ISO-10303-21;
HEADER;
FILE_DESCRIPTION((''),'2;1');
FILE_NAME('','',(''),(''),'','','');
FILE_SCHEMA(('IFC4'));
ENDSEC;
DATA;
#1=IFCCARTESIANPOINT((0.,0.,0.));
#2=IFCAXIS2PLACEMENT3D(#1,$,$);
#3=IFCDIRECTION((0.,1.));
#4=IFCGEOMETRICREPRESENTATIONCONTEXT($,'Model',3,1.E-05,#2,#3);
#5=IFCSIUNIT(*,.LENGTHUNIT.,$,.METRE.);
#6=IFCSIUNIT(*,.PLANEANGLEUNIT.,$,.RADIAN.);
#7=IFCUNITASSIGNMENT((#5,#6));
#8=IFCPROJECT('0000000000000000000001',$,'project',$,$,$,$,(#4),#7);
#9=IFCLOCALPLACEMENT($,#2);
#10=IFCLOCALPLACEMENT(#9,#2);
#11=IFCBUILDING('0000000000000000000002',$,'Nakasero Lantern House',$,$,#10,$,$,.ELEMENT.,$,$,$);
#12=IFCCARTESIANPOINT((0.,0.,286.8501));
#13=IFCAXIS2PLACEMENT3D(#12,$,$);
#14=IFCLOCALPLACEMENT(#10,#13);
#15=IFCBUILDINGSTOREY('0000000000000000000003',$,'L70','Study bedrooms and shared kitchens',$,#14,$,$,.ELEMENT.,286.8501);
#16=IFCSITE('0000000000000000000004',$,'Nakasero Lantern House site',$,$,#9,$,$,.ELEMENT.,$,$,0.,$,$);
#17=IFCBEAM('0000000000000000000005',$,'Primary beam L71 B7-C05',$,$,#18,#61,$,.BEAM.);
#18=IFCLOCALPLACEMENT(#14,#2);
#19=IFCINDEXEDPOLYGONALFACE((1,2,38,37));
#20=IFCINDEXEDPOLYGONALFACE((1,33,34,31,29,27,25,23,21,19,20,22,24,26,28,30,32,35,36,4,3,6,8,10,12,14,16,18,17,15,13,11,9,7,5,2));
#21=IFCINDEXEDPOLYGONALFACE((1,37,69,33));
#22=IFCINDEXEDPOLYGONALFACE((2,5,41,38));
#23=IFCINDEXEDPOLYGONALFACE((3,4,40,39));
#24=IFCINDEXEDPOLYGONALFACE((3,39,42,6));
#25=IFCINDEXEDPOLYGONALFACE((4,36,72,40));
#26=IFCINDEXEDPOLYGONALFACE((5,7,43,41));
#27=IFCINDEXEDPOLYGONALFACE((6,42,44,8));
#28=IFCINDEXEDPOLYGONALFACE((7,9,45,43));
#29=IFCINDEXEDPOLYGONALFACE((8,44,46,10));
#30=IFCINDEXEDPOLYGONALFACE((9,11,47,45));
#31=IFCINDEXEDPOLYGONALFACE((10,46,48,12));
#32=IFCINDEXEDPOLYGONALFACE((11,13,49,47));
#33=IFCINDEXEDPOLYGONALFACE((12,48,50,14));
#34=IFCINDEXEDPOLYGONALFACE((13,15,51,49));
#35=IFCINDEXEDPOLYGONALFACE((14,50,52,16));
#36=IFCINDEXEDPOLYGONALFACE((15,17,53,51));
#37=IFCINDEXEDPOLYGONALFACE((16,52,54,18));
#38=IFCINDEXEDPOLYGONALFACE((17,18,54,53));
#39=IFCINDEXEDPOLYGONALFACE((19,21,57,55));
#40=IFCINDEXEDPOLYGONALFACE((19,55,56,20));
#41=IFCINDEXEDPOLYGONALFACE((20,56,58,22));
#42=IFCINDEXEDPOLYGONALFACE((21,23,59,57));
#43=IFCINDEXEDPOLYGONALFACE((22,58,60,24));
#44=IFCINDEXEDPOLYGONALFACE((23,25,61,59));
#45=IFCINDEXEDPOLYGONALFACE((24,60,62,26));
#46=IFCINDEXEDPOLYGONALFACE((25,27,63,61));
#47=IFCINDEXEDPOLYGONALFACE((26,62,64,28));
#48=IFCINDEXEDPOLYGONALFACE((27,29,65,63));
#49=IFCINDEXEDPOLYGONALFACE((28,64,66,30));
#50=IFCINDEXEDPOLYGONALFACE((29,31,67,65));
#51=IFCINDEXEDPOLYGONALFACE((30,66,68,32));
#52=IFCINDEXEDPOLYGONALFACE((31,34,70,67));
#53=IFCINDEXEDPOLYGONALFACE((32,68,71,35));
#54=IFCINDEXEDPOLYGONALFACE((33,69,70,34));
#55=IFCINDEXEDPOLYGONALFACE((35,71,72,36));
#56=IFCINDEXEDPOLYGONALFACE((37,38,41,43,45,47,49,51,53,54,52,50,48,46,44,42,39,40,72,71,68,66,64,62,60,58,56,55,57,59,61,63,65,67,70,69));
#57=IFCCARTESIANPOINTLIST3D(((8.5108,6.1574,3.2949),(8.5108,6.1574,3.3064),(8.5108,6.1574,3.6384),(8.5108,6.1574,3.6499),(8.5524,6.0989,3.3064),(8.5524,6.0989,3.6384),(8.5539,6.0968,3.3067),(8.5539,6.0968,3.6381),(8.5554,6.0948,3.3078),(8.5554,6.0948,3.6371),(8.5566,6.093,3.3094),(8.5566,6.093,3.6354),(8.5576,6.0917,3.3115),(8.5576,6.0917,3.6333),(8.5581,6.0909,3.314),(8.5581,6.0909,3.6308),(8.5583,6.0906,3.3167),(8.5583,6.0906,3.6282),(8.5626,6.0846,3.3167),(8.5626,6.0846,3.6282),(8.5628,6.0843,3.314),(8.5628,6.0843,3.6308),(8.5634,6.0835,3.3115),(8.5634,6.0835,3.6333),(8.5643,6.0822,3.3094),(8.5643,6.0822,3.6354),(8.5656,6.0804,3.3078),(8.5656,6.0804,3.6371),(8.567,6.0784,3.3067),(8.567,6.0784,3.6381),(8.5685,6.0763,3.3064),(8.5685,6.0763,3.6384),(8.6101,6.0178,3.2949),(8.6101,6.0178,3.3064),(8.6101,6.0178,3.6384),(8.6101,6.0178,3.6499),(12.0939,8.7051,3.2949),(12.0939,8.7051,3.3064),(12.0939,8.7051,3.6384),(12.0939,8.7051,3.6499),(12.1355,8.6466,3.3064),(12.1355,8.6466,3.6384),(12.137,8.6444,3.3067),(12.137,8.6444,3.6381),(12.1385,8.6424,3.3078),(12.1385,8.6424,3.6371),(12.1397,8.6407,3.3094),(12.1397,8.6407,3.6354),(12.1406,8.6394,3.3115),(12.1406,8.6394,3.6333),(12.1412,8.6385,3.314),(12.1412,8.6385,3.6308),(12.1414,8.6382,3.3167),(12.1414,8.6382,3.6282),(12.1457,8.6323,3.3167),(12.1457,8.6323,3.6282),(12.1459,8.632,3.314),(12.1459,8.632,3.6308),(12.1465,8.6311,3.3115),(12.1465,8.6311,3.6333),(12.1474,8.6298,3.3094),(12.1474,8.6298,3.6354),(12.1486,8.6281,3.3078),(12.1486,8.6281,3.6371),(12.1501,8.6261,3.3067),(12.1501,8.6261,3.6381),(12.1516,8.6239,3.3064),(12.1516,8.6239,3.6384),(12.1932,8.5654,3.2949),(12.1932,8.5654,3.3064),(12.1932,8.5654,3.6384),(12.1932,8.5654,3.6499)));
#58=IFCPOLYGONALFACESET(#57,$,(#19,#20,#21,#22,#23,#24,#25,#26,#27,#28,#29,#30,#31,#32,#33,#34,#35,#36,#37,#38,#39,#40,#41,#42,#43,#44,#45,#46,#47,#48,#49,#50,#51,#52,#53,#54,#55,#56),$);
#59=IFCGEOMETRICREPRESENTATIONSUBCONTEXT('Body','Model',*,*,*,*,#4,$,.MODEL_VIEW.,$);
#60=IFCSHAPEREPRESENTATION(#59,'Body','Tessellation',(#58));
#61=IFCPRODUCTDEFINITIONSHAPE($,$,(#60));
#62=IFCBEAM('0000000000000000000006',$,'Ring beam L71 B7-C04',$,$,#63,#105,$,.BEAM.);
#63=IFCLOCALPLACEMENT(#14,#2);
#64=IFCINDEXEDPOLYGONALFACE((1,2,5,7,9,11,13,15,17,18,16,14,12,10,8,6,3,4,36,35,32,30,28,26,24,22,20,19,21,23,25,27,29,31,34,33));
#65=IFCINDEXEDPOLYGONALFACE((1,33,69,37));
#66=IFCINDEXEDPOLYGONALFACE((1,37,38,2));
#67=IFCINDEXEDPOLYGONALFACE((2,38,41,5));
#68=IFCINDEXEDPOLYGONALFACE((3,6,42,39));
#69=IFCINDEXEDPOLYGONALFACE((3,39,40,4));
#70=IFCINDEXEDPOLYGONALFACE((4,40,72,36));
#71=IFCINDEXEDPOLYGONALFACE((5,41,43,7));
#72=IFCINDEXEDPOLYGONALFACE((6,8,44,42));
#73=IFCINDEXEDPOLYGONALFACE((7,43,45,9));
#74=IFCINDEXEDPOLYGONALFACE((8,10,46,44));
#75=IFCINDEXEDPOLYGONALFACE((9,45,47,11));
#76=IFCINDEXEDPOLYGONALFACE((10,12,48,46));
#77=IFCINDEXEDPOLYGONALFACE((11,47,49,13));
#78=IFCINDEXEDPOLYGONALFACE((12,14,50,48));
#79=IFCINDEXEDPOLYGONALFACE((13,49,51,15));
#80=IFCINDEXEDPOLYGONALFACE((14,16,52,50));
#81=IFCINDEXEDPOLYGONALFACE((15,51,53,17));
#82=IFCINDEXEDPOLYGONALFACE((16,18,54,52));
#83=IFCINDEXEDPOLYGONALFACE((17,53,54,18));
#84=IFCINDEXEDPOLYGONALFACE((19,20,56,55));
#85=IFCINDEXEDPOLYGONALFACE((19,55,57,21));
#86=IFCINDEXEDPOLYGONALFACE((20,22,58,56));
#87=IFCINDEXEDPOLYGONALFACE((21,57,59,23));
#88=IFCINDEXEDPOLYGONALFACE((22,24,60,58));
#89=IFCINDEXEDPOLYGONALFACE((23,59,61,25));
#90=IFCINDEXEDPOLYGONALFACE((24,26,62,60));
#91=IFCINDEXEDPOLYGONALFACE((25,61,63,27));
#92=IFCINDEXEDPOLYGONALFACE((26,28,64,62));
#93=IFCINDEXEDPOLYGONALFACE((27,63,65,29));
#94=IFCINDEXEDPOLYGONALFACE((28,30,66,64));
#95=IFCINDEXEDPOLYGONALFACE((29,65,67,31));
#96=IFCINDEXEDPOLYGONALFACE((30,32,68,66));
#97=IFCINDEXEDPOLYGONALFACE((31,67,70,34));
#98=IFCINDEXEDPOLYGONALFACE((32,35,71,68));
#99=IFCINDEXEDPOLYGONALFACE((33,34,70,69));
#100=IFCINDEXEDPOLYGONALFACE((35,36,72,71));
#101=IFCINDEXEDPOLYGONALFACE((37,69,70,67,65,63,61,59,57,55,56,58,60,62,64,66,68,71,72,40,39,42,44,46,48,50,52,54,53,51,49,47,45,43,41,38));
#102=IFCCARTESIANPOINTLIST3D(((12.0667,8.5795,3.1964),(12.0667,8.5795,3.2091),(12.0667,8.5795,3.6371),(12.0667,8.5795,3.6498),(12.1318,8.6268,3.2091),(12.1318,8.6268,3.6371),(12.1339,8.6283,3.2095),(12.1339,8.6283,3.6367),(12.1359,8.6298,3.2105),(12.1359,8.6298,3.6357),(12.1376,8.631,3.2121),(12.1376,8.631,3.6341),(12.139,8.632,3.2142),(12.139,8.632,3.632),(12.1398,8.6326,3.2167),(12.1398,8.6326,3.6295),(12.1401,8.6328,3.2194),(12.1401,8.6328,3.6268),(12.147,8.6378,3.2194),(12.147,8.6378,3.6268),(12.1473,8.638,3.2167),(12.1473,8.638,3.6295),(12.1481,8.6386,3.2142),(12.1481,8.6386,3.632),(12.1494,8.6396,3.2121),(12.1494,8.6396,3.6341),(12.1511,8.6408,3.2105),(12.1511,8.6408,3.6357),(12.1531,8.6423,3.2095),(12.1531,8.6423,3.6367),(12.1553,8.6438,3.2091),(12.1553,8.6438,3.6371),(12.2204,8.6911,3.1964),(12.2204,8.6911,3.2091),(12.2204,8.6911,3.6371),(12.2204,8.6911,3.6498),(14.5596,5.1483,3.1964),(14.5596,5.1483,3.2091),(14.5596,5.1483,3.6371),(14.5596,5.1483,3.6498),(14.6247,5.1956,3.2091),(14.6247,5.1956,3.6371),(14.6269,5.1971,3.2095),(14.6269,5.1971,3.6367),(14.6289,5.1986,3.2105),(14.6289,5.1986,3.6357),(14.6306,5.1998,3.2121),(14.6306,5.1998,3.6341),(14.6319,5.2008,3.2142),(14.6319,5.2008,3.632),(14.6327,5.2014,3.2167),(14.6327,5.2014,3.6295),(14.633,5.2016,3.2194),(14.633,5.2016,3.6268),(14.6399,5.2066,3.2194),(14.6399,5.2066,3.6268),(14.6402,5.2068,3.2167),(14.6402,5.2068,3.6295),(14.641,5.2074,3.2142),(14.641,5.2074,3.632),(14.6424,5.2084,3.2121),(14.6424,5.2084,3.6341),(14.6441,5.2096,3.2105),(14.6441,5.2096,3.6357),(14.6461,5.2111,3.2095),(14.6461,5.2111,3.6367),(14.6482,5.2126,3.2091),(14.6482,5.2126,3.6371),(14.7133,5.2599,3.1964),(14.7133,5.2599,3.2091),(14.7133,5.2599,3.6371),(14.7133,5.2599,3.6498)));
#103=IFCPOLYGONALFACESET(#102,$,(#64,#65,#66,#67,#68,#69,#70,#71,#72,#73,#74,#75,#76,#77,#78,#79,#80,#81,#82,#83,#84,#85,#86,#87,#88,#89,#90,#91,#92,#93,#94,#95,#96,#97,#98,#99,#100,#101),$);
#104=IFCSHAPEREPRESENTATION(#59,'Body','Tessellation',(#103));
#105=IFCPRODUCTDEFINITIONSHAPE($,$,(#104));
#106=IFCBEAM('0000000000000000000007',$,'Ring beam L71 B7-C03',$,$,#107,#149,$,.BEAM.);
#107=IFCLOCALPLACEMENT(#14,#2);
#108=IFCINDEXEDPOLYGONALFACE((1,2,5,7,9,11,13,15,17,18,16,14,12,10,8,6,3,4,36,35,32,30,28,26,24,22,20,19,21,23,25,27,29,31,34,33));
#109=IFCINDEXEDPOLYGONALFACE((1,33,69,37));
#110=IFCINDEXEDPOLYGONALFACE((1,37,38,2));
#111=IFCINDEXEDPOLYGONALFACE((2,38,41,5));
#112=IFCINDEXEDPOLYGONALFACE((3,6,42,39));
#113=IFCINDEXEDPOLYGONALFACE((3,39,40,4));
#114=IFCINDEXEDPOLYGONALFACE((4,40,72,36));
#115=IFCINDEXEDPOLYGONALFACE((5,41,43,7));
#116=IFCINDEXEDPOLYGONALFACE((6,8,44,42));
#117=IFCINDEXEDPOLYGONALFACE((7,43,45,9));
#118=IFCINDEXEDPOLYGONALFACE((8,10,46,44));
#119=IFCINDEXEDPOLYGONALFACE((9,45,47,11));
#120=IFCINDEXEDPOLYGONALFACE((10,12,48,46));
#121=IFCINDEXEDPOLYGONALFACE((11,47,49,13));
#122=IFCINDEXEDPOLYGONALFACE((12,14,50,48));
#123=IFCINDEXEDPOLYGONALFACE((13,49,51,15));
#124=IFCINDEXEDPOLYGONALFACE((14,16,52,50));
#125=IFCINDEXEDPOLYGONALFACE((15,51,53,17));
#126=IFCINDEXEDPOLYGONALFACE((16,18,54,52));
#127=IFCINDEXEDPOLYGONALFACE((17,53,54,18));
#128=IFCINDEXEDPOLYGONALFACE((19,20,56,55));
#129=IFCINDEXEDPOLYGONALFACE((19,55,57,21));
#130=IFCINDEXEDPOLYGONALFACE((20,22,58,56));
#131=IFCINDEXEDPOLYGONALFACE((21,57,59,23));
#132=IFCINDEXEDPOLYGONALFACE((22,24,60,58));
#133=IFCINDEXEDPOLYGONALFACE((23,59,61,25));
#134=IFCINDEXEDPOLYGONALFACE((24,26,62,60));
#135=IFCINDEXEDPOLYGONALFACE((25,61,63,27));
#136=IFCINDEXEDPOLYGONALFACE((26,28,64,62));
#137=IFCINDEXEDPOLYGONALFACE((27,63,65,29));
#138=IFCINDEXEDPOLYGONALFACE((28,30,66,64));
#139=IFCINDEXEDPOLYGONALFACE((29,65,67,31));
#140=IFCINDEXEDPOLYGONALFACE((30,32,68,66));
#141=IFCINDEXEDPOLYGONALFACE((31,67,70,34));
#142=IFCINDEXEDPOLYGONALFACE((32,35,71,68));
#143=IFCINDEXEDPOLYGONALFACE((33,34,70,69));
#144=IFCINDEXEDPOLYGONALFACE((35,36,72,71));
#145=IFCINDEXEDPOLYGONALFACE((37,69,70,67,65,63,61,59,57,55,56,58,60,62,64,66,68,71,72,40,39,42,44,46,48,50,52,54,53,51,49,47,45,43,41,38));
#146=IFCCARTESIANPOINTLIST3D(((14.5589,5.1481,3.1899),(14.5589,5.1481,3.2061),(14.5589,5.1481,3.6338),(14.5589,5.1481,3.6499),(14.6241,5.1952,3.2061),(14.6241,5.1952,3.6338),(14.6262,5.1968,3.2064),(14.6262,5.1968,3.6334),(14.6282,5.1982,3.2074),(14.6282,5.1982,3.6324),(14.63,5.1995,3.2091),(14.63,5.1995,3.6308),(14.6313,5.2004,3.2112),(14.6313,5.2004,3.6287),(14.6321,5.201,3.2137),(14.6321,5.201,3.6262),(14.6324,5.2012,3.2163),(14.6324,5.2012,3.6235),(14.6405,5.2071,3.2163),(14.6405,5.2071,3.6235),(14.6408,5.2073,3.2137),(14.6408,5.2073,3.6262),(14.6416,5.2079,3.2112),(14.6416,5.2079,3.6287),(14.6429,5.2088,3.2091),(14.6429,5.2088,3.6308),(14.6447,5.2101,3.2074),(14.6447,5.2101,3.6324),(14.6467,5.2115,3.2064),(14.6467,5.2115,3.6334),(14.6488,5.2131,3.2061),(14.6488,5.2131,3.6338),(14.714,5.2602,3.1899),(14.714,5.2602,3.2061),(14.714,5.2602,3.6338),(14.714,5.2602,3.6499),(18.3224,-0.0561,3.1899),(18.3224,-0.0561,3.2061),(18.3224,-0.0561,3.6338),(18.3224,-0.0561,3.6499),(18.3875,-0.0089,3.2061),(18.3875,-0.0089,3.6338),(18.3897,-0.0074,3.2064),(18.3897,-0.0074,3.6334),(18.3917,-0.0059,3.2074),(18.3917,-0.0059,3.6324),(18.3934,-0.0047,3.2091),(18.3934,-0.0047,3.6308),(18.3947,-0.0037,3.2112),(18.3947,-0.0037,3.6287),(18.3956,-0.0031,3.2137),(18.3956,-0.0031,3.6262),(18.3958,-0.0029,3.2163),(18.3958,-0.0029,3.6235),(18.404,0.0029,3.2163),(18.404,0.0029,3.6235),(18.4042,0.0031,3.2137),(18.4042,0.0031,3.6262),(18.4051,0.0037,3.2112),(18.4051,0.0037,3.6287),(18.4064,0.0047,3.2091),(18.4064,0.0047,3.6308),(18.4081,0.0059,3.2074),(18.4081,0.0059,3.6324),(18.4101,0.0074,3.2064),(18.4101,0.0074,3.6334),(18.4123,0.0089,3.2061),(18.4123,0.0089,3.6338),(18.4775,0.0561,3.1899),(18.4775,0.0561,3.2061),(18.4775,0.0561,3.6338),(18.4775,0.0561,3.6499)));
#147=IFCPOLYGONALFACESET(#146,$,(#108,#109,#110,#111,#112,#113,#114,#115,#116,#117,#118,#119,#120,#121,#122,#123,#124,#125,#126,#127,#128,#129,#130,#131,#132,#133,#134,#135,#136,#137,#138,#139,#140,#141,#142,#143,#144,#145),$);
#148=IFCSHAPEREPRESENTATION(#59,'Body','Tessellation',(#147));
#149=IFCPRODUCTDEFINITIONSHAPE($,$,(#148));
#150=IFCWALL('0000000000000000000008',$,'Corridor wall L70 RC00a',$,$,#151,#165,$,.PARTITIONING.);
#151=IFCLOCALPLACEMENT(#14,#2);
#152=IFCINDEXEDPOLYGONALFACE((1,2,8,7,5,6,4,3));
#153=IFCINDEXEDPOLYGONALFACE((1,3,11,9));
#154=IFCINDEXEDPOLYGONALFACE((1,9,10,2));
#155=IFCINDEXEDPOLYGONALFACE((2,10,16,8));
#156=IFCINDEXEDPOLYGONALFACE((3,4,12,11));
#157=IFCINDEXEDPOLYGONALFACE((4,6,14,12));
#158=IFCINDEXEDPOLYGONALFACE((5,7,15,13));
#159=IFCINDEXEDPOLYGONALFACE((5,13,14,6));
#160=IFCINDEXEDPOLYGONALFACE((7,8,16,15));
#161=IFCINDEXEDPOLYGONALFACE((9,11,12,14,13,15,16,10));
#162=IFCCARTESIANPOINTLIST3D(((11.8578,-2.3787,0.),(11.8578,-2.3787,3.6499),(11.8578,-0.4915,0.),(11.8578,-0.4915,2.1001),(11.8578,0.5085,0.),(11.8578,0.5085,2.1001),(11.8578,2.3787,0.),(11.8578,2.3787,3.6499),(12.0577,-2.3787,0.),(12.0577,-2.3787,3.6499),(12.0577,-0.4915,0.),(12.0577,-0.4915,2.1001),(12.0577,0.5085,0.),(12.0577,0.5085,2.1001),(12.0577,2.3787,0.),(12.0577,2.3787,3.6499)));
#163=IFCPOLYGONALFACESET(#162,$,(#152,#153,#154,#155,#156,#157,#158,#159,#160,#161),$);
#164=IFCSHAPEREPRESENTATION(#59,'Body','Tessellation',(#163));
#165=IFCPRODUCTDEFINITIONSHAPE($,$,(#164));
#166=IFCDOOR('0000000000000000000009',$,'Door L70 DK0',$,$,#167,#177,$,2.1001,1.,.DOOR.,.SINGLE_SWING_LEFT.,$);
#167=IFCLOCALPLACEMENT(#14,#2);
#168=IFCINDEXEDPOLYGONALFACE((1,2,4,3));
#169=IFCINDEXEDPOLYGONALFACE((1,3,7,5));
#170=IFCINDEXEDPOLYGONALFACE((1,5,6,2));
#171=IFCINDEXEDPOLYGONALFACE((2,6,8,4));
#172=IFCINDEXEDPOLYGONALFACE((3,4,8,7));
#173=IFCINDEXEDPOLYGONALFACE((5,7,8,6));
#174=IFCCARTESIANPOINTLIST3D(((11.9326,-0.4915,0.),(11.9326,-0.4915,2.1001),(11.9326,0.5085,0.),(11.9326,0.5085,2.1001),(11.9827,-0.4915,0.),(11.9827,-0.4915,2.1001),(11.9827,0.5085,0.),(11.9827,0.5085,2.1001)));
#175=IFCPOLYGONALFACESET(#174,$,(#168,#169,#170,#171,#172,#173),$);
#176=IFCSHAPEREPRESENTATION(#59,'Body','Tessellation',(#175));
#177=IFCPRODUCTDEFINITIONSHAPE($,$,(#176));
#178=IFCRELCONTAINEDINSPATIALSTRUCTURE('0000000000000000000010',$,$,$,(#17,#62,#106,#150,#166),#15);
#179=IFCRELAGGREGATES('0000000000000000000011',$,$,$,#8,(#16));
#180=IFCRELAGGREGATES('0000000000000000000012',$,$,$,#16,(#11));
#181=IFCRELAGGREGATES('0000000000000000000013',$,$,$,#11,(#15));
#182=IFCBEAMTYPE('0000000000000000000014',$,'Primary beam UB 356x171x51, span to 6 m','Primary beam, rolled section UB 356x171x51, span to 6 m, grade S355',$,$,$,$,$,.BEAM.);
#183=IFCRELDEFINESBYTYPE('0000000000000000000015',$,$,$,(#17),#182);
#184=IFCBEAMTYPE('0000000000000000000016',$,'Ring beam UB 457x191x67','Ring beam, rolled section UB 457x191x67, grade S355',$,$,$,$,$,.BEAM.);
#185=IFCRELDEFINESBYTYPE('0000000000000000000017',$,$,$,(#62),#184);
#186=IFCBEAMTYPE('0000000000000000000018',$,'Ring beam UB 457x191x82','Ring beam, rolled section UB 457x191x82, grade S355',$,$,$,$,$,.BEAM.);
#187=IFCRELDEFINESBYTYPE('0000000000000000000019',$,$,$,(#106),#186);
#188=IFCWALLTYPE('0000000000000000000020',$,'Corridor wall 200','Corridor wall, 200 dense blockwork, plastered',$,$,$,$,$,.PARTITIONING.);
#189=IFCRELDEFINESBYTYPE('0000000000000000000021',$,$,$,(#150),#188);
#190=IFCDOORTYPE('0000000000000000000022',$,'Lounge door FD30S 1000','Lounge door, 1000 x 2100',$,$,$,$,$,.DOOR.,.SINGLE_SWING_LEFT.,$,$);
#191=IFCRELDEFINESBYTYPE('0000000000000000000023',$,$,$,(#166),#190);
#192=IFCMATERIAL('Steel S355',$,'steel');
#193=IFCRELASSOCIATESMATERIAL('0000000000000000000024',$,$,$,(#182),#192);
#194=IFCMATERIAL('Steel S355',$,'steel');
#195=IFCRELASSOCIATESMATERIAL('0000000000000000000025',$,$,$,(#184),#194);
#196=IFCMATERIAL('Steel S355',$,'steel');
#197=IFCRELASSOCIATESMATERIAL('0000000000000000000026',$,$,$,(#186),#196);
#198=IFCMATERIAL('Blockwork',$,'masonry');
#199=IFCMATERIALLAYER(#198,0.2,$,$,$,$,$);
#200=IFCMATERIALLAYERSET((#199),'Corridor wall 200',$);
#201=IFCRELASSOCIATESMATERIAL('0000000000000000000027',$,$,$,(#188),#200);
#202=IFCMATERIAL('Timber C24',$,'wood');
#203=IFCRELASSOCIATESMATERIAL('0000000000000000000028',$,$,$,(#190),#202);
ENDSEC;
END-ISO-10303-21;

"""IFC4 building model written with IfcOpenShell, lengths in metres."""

from ifc_helpers import new_model, si_unit, direction, frame, frame_2d, origin, origin_2d, place, context, subcontext, project, spatial, rectangle, i_section, extrude, material, layer, layer_set, material_profile, profile_set, type_object, element, fill, save


model = new_model("IFC4")

# Units and contexts
model_context = context("Model", 3, precision=1e-05, world=origin(), true_north=direction((0.0, 1.0)))
body_context = subcontext(model_context, "Body", "Model", "MODEL_VIEW")
ifc_project = project(units=[si_unit("LENGTHUNIT", "METRE"), si_unit("PLANEANGLEUNIT", "RADIAN")], contexts=[model_context])

# Site, building, storey
site_placement = place(None, origin())
site = spatial("IfcSite", under=ifc_project, at=site_placement, Name="Nakasero Lantern House site", CompositionType="ELEMENT", RefElevation=0.0)
building_placement = place(site_placement, origin())
building = spatial("IfcBuilding", under=site, at=building_placement, Name="Nakasero Lantern House", CompositionType="ELEMENT")
storey_placement = place(building_placement, frame((0.0, 0.0, 286.8501)))
storey = spatial("IfcBuildingStorey", under=building, at=storey_placement, Name="L70", Description="Study bedrooms and shared kitchens", CompositionType="ELEMENT", Elevation=286.8501)

# Beams
ifc_material_1 = material(Name="Steel S355", Category="steel")
ifc_material_profile_1 = material_profile(ifc_material_1, i_section(OverallWidth=0.1714, OverallDepth=0.355, WebThickness=0.0073, FlangeThickness=0.0115, FilletRadius=0.0103, at=origin_2d()), Name="UB 356x171x51")
ifc_profile_set_1 = profile_set([ifc_material_profile_1], Name="Steel S355")
beam_type_1 = type_object("IfcBeamType", Name="Primary beam UB 356x171x51, span to 6 m", Description="Primary beam, rolled section UB 356x171x51, span to 6 m, grade S355", PredefinedType="BEAM", material=ifc_profile_set_1)
beam_1_placement = place(storey_placement, frame((12.1436, 8.6353, 3.4724), z_axis=(-0.814989, -0.579477, 0.0), x_axis=(0.579477, -0.814989, 0.0)))
element("IfcBeam", 1, at=beam_1_placement, inside=storey, type_object=beam_type_1, Name="Primary beam L71 B7-C05", PredefinedType="BEAM", context=body_context, shape_type="SweptSolid", body=[
    extrude(i_section(OverallWidth=0.1714, OverallDepth=0.355, WebThickness=0.0073, FlangeThickness=0.0115, FilletRadius=0.0103, at=origin_2d()), origin(), (0.0, 0.0, 1.0), 4.3965),
])
ifc_material_2 = material(Name="Steel S355", Category="steel")
ifc_material_profile_2 = material_profile(ifc_material_2, i_section(OverallWidth=0.1899, OverallDepth=0.4534, WebThickness=0.0085, FlangeThickness=0.0127, FilletRadius=0.0103, at=origin_2d()), Name="UB 457x191x67")
ifc_profile_set_2 = profile_set([ifc_material_profile_2], Name="Steel S355")
beam_type_2 = type_object("IfcBeamType", Name="Ring beam UB 457x191x67", Description="Ring beam, rolled section UB 457x191x67, grade S355", PredefinedType="BEAM", material=ifc_profile_set_2)
beam_2_placement = place(storey_placement, frame((14.6365, 5.2041, 3.4231), z_axis=(-0.587792, 0.809012, 0.0), x_axis=(-0.809012, -0.587792, 0.0)))
element("IfcBeam", 2, at=beam_2_placement, inside=storey, type_object=beam_type_2, Name="Ring beam L71 B7-C04", PredefinedType="BEAM", context=body_context, shape_type="SweptSolid", body=[
    extrude(i_section(OverallWidth=0.1899, OverallDepth=0.4534, WebThickness=0.0085, FlangeThickness=0.0127, FilletRadius=0.0103, at=origin_2d()), origin(), (0.0, 0.0, 1.0), 4.2412),
])
ifc_material_3 = material(Name="Steel S355", Category="steel")
ifc_material_profile_3 = material_profile(ifc_material_3, i_section(OverallWidth=0.1914, OverallDepth=0.46, WebThickness=0.01, FlangeThickness=0.0161, FilletRadius=0.0103, at=origin_2d()), Name="UB 457x191x82")
ifc_profile_set_3 = profile_set([ifc_material_profile_3], Name="Steel S355")
beam_type_3 = type_object("IfcBeamType", Name="Ring beam UB 457x191x82", Description="Ring beam, rolled section UB 457x191x82, grade S355", PredefinedType="BEAM", material=ifc_profile_set_3)
beam_3_placement = place(storey_placement, frame((18.3999, 0.0, 3.4199), z_axis=(-0.585993, 0.810316, 0.0), x_axis=(-0.810316, -0.585993, 0.0)))
element("IfcBeam", 3, at=beam_3_placement, inside=storey, type_object=beam_type_3, Name="Ring beam L71 B7-C03", PredefinedType="BEAM", context=body_context, shape_type="SweptSolid", body=[
    extrude(i_section(OverallWidth=0.1914, OverallDepth=0.46, WebThickness=0.01, FlangeThickness=0.0161, FilletRadius=0.0103, at=origin_2d()), origin(), (0.0, 0.0, 1.0), 6.4224),
])

# Wall, opening, door
ifc_material_4 = material(Name="Blockwork", Category="masonry")
ifc_layer_1 = layer(ifc_material_4, 0.2)
ifc_layer_set_1 = layer_set([ifc_layer_1], Name="Corridor wall 200")
wall_type_1 = type_object("IfcWallType", Name="Corridor wall 200", Description="Corridor wall, 200 dense blockwork, plastered", PredefinedType="PARTITIONING", material=ifc_layer_set_1)
wall_1_placement = place(storey_placement, frame((11.9578, 2.3787, 0.0), z_axis=(0.0, 0.0, 1.0), x_axis=(0.0, -1.0, 0.0)))
wall_1 = element("IfcWall", 4, at=wall_1_placement, inside=storey, type_object=wall_type_1, Name="Corridor wall L70 RC00a", PredefinedType="PARTITIONING", context=body_context, shape_type="SweptSolid", body=[
    extrude(rectangle(XDim=4.7573, YDim=0.2, at=frame_2d((2.3787, 0.0))), origin(), (0.0, 0.0, 1.0), 3.6499),
])
opening_1_placement = place(wall_1_placement, frame((1.8701, 0.0, 0.0)))
opening_1 = element("IfcOpeningElement", 5, at=opening_1_placement, cuts=wall_1, PredefinedType="OPENING", context=body_context, shape_type="SweptSolid", body=[
    extrude(rectangle(XDim=1.0, YDim=2.1001, at=frame_2d((0.5, 1.05))), frame((0.0, 0.1199, 0.0), z_axis=(0.0, -1.0, 0.0), x_axis=(1.0, 0.0, 0.0)), (0.0, 0.0, 1.0), 0.24),
])
ifc_material_5 = material(Name="Timber C24", Category="wood")
door_type_1 = type_object("IfcDoorType", Name="Lounge door FD30S 1000", Description="Lounge door, 1000 x 2100", OperationType="SINGLE_SWING_LEFT", PredefinedType="DOOR", material=ifc_material_5)
door_1_placement = place(opening_1_placement, origin())
door_1 = element("IfcDoor", 6, at=door_1_placement, inside=storey, type_object=door_type_1, Name="Door L70 DK0", OperationType="SINGLE_SWING_LEFT", OverallHeight=2.1001, OverallWidth=1.0, PredefinedType="DOOR", context=body_context, shape_type="SweptSolid", body=[
    extrude(rectangle(XDim=1.0, YDim=2.1001, at=frame_2d((0.5, 1.05))), frame((0.0, 0.0249, 0.0), z_axis=(0.0, -1.0, 0.0), x_axis=(1.0, 0.0, 0.0)), (0.0, 0.0, 1.0), 0.05),
])
fill(opening_1, door_1)

save(model, "model.ifc")
